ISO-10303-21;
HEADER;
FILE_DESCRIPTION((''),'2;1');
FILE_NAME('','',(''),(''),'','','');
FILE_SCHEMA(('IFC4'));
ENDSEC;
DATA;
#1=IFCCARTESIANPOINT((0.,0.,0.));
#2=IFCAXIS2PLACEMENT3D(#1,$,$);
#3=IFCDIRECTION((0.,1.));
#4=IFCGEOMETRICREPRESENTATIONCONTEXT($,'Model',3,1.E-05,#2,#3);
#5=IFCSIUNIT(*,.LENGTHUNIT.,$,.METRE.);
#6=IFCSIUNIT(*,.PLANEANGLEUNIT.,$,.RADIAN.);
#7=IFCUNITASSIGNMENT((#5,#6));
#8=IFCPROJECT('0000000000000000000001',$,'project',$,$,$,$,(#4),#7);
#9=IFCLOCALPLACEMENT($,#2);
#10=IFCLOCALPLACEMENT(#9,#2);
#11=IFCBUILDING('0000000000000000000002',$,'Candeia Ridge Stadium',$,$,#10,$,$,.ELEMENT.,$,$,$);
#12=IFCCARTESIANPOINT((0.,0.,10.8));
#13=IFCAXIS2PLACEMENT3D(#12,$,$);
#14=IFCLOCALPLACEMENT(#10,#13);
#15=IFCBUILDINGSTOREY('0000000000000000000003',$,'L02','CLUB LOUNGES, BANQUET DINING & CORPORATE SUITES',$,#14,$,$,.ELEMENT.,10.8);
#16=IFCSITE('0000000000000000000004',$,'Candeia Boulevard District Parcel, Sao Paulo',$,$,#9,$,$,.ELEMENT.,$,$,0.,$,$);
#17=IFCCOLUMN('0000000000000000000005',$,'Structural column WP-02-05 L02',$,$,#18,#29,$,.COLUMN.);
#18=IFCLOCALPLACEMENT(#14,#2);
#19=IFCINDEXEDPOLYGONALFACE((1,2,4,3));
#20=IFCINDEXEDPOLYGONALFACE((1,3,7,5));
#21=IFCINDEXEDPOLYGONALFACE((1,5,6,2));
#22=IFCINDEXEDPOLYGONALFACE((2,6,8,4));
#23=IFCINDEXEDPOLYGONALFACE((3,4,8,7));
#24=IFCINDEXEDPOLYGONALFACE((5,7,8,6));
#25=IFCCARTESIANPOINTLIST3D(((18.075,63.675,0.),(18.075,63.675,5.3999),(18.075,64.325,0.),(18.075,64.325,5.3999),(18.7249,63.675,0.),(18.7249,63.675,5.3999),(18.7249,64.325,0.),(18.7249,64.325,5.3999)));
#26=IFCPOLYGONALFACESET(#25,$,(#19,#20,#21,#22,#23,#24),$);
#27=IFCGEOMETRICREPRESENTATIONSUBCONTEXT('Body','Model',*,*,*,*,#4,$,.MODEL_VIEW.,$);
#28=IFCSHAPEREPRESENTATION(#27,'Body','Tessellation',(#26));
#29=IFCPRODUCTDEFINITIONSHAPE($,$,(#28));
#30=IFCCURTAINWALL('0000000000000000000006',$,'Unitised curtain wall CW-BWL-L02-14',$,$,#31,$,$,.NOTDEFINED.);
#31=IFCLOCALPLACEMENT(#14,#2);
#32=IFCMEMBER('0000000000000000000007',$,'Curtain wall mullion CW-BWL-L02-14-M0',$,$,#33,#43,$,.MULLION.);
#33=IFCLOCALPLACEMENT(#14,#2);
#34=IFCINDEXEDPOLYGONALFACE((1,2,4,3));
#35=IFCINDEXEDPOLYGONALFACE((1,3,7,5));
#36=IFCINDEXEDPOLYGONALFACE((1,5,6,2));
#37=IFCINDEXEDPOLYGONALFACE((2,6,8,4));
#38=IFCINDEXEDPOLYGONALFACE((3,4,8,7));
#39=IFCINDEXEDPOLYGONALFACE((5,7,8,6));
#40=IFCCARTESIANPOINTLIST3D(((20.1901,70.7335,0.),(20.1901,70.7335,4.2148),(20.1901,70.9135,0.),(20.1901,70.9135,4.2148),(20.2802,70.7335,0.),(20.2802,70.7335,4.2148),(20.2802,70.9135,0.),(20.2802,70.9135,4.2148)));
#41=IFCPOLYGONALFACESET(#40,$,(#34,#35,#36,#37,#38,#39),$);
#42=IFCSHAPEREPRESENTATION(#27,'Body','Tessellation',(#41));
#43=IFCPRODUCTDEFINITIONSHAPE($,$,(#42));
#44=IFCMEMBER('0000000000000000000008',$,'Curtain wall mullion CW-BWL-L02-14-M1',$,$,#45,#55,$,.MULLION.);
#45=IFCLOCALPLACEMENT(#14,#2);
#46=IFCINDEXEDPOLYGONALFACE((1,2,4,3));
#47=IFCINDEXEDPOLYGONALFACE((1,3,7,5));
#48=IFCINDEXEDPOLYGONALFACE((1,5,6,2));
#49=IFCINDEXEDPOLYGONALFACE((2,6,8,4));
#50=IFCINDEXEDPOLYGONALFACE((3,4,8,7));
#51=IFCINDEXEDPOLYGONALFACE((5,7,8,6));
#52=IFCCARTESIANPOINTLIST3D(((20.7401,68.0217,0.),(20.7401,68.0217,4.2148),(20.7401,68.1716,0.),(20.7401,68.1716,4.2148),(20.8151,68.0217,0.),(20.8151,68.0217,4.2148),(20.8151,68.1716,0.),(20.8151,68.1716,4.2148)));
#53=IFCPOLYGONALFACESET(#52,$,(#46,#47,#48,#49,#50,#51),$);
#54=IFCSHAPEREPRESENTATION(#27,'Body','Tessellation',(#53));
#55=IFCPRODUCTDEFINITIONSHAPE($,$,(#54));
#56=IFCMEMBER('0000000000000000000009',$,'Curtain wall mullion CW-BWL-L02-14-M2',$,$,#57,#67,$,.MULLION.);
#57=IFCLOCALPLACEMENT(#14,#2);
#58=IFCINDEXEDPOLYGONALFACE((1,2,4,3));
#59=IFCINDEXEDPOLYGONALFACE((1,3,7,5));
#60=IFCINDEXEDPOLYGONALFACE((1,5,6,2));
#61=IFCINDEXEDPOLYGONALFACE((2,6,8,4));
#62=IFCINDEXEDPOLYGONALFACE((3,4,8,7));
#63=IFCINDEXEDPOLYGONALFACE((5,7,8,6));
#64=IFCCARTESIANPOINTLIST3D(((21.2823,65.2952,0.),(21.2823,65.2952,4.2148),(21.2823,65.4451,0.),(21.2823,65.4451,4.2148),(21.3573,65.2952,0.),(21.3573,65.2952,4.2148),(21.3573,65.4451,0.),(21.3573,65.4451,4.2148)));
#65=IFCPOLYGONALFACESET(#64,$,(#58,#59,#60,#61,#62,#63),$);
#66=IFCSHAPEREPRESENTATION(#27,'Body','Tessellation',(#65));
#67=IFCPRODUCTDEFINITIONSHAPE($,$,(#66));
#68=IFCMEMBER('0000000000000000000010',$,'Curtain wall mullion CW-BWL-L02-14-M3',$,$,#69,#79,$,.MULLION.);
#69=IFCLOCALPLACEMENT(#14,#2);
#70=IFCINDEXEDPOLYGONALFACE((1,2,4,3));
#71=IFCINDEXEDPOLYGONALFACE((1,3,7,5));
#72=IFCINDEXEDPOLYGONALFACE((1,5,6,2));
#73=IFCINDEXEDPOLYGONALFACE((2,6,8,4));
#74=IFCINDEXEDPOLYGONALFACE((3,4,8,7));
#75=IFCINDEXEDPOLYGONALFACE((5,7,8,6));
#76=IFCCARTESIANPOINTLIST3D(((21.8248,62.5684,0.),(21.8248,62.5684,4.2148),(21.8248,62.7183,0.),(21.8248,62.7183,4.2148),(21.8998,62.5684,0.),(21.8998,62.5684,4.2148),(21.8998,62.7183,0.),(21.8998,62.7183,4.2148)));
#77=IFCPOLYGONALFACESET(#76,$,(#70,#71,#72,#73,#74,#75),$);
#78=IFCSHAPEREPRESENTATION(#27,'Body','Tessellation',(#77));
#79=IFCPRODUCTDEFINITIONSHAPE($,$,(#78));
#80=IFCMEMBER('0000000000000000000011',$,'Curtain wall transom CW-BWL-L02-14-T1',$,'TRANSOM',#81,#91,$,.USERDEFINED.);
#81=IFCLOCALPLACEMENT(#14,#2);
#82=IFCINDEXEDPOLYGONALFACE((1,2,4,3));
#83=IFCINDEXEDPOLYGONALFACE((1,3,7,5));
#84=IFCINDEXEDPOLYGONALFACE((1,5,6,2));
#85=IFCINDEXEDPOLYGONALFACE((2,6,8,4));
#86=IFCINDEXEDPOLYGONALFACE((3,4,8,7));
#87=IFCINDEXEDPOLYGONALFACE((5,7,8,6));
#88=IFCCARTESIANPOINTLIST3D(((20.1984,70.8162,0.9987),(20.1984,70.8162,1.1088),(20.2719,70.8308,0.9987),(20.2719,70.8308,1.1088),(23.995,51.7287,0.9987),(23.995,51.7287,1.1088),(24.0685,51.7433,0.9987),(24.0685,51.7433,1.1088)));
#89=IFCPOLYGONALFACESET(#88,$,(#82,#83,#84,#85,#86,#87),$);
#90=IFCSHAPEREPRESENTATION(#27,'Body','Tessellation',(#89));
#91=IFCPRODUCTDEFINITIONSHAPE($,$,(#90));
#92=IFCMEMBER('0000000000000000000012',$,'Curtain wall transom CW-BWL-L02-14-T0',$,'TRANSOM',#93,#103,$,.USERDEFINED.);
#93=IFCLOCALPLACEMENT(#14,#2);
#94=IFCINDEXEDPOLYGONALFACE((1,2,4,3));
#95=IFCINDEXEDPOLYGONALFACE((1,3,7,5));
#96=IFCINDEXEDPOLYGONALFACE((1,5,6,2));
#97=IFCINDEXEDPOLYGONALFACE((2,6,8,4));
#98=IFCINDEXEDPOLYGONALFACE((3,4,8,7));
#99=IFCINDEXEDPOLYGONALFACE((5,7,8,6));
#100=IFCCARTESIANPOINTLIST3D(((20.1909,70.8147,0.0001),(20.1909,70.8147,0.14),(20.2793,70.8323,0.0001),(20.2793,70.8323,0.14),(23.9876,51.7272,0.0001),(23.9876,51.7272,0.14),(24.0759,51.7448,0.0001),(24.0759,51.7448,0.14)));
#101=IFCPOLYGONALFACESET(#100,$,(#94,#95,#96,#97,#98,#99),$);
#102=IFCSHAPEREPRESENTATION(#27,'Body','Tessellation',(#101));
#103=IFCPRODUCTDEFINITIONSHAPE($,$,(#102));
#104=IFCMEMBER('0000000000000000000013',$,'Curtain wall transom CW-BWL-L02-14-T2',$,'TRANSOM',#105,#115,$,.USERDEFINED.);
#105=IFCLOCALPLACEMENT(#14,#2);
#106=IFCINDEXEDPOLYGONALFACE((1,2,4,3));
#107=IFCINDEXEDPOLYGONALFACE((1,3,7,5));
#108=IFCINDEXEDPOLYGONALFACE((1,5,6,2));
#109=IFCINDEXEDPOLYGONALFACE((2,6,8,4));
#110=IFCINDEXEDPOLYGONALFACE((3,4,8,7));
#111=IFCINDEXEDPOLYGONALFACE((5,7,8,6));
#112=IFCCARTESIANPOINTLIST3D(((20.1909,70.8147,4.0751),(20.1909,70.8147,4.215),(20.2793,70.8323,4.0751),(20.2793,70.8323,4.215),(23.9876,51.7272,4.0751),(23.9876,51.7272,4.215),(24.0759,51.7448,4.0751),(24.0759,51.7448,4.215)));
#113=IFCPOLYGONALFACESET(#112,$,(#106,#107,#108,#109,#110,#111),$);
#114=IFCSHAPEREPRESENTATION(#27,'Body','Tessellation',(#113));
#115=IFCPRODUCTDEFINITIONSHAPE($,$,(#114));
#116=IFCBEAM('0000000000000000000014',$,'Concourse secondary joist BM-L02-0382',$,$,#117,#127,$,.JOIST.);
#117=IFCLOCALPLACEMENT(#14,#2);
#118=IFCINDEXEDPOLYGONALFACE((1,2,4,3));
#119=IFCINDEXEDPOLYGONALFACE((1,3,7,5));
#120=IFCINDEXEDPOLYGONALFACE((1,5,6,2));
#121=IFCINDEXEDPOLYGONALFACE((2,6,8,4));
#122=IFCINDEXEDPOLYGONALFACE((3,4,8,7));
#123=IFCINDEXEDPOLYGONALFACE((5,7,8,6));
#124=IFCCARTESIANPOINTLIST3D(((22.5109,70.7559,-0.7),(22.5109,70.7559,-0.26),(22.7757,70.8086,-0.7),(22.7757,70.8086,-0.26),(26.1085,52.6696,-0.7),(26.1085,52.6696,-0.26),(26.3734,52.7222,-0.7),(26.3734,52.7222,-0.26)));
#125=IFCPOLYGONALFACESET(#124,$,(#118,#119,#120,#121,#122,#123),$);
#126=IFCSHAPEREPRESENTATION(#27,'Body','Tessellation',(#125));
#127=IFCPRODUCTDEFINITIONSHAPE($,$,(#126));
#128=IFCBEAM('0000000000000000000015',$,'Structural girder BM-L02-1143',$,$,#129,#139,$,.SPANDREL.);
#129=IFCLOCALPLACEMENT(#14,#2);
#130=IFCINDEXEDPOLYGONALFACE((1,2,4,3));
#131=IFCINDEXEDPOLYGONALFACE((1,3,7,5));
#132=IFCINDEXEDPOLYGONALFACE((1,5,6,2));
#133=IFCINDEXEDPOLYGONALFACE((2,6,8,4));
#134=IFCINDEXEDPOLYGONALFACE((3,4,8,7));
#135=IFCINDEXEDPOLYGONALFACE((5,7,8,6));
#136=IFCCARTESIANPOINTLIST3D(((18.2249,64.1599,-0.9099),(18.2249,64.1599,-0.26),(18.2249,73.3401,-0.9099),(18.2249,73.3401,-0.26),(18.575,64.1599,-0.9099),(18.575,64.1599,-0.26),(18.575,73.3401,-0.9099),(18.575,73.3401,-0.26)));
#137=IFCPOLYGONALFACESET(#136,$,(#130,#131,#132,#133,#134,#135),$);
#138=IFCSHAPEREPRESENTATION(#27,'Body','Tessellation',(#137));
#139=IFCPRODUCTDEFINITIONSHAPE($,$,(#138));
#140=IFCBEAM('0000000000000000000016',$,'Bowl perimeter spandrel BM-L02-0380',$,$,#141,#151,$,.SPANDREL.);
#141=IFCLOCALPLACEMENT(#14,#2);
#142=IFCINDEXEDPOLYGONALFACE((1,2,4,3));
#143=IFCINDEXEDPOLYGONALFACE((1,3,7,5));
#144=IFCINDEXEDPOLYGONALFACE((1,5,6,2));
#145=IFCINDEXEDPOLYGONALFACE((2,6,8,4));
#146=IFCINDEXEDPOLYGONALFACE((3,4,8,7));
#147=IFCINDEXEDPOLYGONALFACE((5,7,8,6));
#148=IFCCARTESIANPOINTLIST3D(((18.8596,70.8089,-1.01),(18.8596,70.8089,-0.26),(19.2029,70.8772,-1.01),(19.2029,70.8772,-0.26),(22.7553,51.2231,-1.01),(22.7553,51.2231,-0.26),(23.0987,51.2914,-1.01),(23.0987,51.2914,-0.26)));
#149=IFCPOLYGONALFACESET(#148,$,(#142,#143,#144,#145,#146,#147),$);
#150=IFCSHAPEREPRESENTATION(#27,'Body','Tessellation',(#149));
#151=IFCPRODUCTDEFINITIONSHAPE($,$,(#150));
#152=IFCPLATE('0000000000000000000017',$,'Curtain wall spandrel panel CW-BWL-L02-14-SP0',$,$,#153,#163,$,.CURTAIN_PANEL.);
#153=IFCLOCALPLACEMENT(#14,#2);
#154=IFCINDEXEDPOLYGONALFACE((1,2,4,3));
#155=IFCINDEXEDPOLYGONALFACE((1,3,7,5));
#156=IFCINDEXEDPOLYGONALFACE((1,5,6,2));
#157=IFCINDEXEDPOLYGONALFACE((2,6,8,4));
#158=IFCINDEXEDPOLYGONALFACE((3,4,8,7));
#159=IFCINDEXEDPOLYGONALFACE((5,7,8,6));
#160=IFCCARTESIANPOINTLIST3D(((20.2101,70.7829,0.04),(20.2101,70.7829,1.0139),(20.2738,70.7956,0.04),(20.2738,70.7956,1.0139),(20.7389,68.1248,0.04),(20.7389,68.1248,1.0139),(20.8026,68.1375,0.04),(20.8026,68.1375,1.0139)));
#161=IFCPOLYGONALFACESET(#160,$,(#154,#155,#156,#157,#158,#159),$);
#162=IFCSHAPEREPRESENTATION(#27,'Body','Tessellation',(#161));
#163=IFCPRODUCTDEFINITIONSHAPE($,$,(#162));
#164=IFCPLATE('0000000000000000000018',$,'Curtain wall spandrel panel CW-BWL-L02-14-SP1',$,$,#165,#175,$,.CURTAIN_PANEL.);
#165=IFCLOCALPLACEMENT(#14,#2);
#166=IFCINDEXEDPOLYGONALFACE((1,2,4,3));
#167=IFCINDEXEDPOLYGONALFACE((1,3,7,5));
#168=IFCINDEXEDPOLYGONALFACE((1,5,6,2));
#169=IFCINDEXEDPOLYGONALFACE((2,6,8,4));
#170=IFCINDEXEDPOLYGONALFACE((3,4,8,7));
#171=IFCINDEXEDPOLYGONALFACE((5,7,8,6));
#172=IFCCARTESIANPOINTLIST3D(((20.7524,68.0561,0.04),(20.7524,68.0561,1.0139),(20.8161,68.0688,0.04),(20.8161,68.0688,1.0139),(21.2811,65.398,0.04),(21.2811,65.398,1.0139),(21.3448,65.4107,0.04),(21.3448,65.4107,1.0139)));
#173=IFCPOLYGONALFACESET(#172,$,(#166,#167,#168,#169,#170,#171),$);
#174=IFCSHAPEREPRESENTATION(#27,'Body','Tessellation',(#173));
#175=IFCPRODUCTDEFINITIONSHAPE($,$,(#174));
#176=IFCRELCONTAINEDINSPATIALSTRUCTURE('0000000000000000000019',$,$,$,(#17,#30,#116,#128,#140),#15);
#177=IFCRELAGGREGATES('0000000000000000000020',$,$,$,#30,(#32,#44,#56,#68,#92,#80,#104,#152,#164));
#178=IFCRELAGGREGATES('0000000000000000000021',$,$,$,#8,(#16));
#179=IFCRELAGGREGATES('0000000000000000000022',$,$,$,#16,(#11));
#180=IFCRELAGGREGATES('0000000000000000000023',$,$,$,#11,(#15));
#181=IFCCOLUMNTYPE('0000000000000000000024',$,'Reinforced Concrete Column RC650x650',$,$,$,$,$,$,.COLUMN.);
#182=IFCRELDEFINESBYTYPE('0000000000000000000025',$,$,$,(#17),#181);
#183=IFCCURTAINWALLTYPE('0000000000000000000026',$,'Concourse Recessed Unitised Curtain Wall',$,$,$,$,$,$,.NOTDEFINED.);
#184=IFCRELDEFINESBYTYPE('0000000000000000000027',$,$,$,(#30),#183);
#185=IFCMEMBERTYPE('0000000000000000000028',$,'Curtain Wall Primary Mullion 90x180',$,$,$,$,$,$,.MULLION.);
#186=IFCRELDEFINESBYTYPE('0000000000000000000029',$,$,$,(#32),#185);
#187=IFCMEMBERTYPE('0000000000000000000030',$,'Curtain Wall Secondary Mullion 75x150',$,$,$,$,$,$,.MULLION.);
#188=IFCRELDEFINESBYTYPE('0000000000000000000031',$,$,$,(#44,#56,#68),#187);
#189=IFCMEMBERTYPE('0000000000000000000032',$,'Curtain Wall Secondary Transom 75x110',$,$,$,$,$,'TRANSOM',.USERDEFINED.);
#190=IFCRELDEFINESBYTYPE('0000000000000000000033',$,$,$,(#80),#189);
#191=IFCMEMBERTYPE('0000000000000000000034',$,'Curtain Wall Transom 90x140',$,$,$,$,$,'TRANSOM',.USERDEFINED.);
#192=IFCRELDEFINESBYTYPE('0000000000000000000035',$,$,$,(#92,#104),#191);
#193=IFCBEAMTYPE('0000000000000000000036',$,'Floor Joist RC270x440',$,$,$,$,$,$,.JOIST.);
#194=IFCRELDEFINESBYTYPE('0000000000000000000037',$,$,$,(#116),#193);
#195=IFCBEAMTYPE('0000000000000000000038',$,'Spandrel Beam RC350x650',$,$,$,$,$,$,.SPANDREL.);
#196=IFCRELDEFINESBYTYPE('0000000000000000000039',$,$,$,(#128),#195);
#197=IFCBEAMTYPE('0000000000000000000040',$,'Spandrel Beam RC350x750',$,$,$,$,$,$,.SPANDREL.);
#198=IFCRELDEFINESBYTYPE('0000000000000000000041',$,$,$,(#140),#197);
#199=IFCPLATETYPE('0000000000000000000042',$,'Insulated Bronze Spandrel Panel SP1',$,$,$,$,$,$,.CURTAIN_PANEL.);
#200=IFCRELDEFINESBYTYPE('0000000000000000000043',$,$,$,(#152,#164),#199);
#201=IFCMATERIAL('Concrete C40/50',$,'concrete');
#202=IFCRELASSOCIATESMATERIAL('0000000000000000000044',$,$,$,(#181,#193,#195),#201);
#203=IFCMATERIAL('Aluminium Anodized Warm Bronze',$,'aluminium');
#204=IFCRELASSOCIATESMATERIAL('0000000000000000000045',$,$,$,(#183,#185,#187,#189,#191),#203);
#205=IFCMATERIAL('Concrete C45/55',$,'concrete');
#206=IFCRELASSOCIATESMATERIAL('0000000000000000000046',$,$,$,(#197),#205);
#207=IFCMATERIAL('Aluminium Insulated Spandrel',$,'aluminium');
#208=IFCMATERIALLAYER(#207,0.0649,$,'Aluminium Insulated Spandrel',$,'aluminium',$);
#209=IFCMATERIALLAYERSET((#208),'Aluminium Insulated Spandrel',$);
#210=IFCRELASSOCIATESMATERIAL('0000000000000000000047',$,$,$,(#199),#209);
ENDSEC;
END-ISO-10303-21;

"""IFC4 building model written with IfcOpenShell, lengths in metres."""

from ifc_helpers import new_model, si_unit, direction, frame, origin, origin_2d, place, context, subcontext, project, spatial, rectangle, extrude, material, layer, layer_set, material_profile, profile_set, type_object, element, aggregate, save


model = new_model("IFC4")

# Units and contexts
model_context = context("Model", 3, precision=1e-05, world=origin(), true_north=direction((0.0, 1.0)))
body_context = subcontext(model_context, "Body", "Model", "MODEL_VIEW")
ifc_project = project(units=[si_unit("LENGTHUNIT", "METRE"), si_unit("PLANEANGLEUNIT", "RADIAN")], contexts=[model_context])

# Site, building, storey
site_placement = place(None, origin())
site = spatial("IfcSite", under=ifc_project, at=site_placement, Name="Candeia Boulevard District Parcel, Sao Paulo", CompositionType="ELEMENT", RefElevation=0.0)
building_placement = place(site_placement, origin())
building = spatial("IfcBuilding", under=site, at=building_placement, Name="Candeia Ridge Stadium", CompositionType="ELEMENT")
storey_placement = place(building_placement, frame((0.0, 0.0, 10.8)))
storey = spatial("IfcBuildingStorey", under=building, at=storey_placement, Name="L02", Description="CLUB LOUNGES, BANQUET DINING & CORPORATE SUITES", CompositionType="ELEMENT", Elevation=10.8)

# Column
ifc_material_1 = material(Name="Concrete C40/50", Category="concrete")
ifc_material_profile_1 = material_profile(ifc_material_1, rectangle(XDim=0.6499, YDim=0.6499, at=origin_2d()), Name="RC650x650", Category="concrete")
ifc_profile_set_1 = profile_set([ifc_material_profile_1], Name="Concrete C40/50")
column_type = type_object("IfcColumnType", Name="Reinforced Concrete Column RC650x650", PredefinedType="COLUMN", material=ifc_profile_set_1)
column_placement = place(storey_placement, frame((18.3999, 64.0, 0.0), z_axis=(0.0, 0.0, 1.0), x_axis=(1.0, 0.0, 0.0)))
element("IfcColumn", 1, at=column_placement, inside=storey, type_object=column_type, Name="Structural column WP-02-05 L02", PredefinedType="COLUMN", context=body_context, shape_type="SweptSolid", body=[
    extrude(rectangle(XDim=0.6499, YDim=0.6499, at=origin_2d()), origin(), (0.0, 0.0, 1.0), 5.3999),
])

# Curtain wall, members
ifc_material_2 = material(Name="Aluminium Anodized Warm Bronze", Category="aluminium")
curtain_wall_type = type_object("IfcCurtainWallType", Name="Concourse Recessed Unitised Curtain Wall", PredefinedType="NOTDEFINED", material=ifc_material_2)
curtain_wall_placement = place(storey_placement, origin())
curtain_wall = element("IfcCurtainWall", 2, at=curtain_wall_placement, inside=storey, type_object=curtain_wall_type, Name="Unitised curtain wall CW-BWL-L02-14", PredefinedType="NOTDEFINED")
ifc_material_profile_2 = material_profile(ifc_material_2, rectangle(XDim=0.0901, YDim=0.1799, at=origin_2d()), Name="CWM-90x180", Category="aluminium")
ifc_profile_set_2 = profile_set([ifc_material_profile_2], Name="Aluminium Anodized Warm Bronze")
member_type_1 = type_object("IfcMemberType", Name="Curtain Wall Primary Mullion 90x180", PredefinedType="MULLION", material=ifc_profile_set_2)
member_1_placement = place(storey_placement, frame((20.2351, 70.8235, 0.0), z_axis=(0.0, 0.0, 1.0), x_axis=(1.0, 0.0, 0.0)))
member_1 = element("IfcMember", 3, at=member_1_placement, type_object=member_type_1, Name="Curtain wall mullion CW-BWL-L02-14-M0", PredefinedType="MULLION", context=body_context, shape_type="SweptSolid", body=[
    extrude(rectangle(XDim=0.0901, YDim=0.1799, at=origin_2d()), origin(), (0.0, 0.0, 1.0), 4.2148),
])
ifc_material_profile_3 = material_profile(ifc_material_2, rectangle(XDim=0.075, YDim=0.1499, at=origin_2d()), Name="CWM-75x150", Category="aluminium")
ifc_profile_set_3 = profile_set([ifc_material_profile_3], Name="Aluminium Anodized Warm Bronze")
member_type_2 = type_object("IfcMemberType", Name="Curtain Wall Secondary Mullion 75x150", PredefinedType="MULLION", material=ifc_profile_set_3)
member_2_placement = place(storey_placement, frame((20.7776, 68.0967, 0.0), z_axis=(0.0, 0.0, 1.0), x_axis=(1.0, 0.0, 0.0)))
member_2 = element("IfcMember", 4, at=member_2_placement, type_object=member_type_2, Name="Curtain wall mullion CW-BWL-L02-14-M1", PredefinedType="MULLION", context=body_context, shape_type="SweptSolid", body=[
    extrude(rectangle(XDim=0.075, YDim=0.1499, at=origin_2d()), origin(), (0.0, 0.0, 1.0), 4.2148),
])
member_3_placement = place(storey_placement, frame((21.3198, 65.3701, 0.0), z_axis=(0.0, 0.0, 1.0), x_axis=(1.0, 0.0, 0.0)))
member_3 = element("IfcMember", 5, at=member_3_placement, type_object=member_type_2, Name="Curtain wall mullion CW-BWL-L02-14-M2", PredefinedType="MULLION", context=body_context, shape_type="SweptSolid", body=[
    extrude(rectangle(XDim=0.075, YDim=0.1499, at=origin_2d()), origin(), (0.0, 0.0, 1.0), 4.2148),
])
member_4_placement = place(storey_placement, frame((21.8623, 62.6433, 0.0), z_axis=(0.0, 0.0, 1.0), x_axis=(1.0, 0.0, 0.0)))
member_4 = element("IfcMember", 6, at=member_4_placement, type_object=member_type_2, Name="Curtain wall mullion CW-BWL-L02-14-M3", PredefinedType="MULLION", context=body_context, shape_type="SweptSolid", body=[
    extrude(rectangle(XDim=0.075, YDim=0.1499, at=origin_2d()), origin(), (0.0, 0.0, 1.0), 4.2148),
])
ifc_material_profile_4 = material_profile(ifc_material_2, rectangle(XDim=0.075, YDim=0.1101, at=origin_2d()), Name="CWT-75x110", Category="aluminium")
ifc_profile_set_4 = profile_set([ifc_material_profile_4], Name="Aluminium Anodized Warm Bronze")
member_type_3 = type_object("IfcMemberType", Name="Curtain Wall Secondary Transom 75x110", ElementType="TRANSOM", PredefinedType="USERDEFINED", material=ifc_profile_set_4)
member_5_placement = place(storey_placement, frame((20.2351, 70.8235, 1.0537), z_axis=(0.195086, -0.980786, 0.0), x_axis=(0.980786, 0.195086, 0.0)))
member_5 = element("IfcMember", 7, at=member_5_placement, type_object=member_type_3, Name="Curtain wall transom CW-BWL-L02-14-T1", ObjectType="TRANSOM", PredefinedType="USERDEFINED", context=body_context, shape_type="SweptSolid", body=[
    extrude(rectangle(XDim=0.075, YDim=0.1101, at=origin_2d()), origin(), (0.0, 0.0, 1.0), 19.4614),
])
ifc_material_profile_5 = material_profile(ifc_material_2, rectangle(XDim=0.0901, YDim=0.1399, at=origin_2d()), Name="CWT-90x140", Category="aluminium")
ifc_profile_set_5 = profile_set([ifc_material_profile_5], Name="Aluminium Anodized Warm Bronze")
member_type_4 = type_object("IfcMemberType", Name="Curtain Wall Transom 90x140", ElementType="TRANSOM", PredefinedType="USERDEFINED", material=ifc_profile_set_5)
member_6_placement = place(storey_placement, frame((20.2351, 70.8235, 0.0701), z_axis=(0.195086, -0.980786, 0.0), x_axis=(0.980786, 0.195086, 0.0)))
member_6 = element("IfcMember", 8, at=member_6_placement, type_object=member_type_4, Name="Curtain wall transom CW-BWL-L02-14-T0", ObjectType="TRANSOM", PredefinedType="USERDEFINED", context=body_context, shape_type="SweptSolid", body=[
    extrude(rectangle(XDim=0.0901, YDim=0.1399, at=origin_2d()), origin(), (0.0, 0.0, 1.0), 19.4614),
])
member_7_placement = place(storey_placement, frame((20.2351, 70.8235, 4.145), z_axis=(0.195086, -0.980786, 0.0), x_axis=(0.980786, 0.195086, 0.0)))
member_7 = element("IfcMember", 9, at=member_7_placement, type_object=member_type_4, Name="Curtain wall transom CW-BWL-L02-14-T2", ObjectType="TRANSOM", PredefinedType="USERDEFINED", context=body_context, shape_type="SweptSolid", body=[
    extrude(rectangle(XDim=0.0901, YDim=0.1399, at=origin_2d()), origin(), (0.0, 0.0, 1.0), 19.4614),
])

# Beams
ifc_material_profile_6 = material_profile(ifc_material_1, rectangle(XDim=0.27, YDim=0.4399, at=origin_2d()), Name="RC270x440", Category="concrete")
ifc_profile_set_6 = profile_set([ifc_material_profile_6], Name="Concrete C40/50")
beam_type_1 = type_object("IfcBeamType", Name="Floor Joist RC270x440", PredefinedType="JOIST", material=ifc_profile_set_6)
beam_1_placement = place(storey_placement, frame((22.6433, 70.7822, -0.48), z_axis=(0.195093, -0.980785, 0.0), x_axis=(0.980785, 0.195093, 0.0)))
element("IfcBeam", 10, at=beam_1_placement, inside=storey, type_object=beam_type_1, Name="Concourse secondary joist BM-L02-0382", PredefinedType="JOIST", context=body_context, shape_type="SweptSolid", body=[
    extrude(rectangle(XDim=0.27, YDim=0.4399, at=origin_2d()), origin(), (0.0, 0.0, 1.0), 18.4407),
])
ifc_material_profile_7 = material_profile(ifc_material_1, rectangle(XDim=0.3501, YDim=0.6499, at=origin_2d()), Name="RC350x650", Category="concrete")
ifc_profile_set_7 = profile_set([ifc_material_profile_7], Name="Concrete C40/50")
beam_type_2 = type_object("IfcBeamType", Name="Spandrel Beam RC350x650", PredefinedType="SPANDREL", material=ifc_profile_set_7)
beam_2_placement = place(storey_placement, frame((18.3999, 64.1599, -0.585), z_axis=(0.0, 1.0, 0.0), x_axis=(-1.0, 0.0, 0.0)))
element("IfcBeam", 11, at=beam_2_placement, inside=storey, type_object=beam_type_2, Name="Structural girder BM-L02-1143", PredefinedType="SPANDREL", context=body_context, shape_type="SweptSolid", body=[
    extrude(rectangle(XDim=0.3501, YDim=0.6499, at=origin_2d()), origin(), (0.0, 0.0, 1.0), 9.1802),
])
ifc_material_3 = material(Name="Concrete C45/55", Category="concrete")
ifc_material_profile_8 = material_profile(ifc_material_3, rectangle(XDim=0.3501, YDim=0.75, at=origin_2d()), Name="RC350x750", Category="concrete")
ifc_profile_set_8 = profile_set([ifc_material_profile_8], Name="Concrete C45/55")
beam_type_3 = type_object("IfcBeamType", Name="Spandrel Beam RC350x750", PredefinedType="SPANDREL", material=ifc_profile_set_8)
beam_3_placement = place(storey_placement, frame((19.0312, 70.843, -0.635), z_axis=(0.195086, -0.980786, 0.0), x_axis=(0.980786, 0.195086, 0.0)))
element("IfcBeam", 12, at=beam_3_placement, inside=storey, type_object=beam_type_3, Name="Bowl perimeter spandrel BM-L02-0380", PredefinedType="SPANDREL", context=body_context, shape_type="SweptSolid", body=[
    extrude(rectangle(XDim=0.3501, YDim=0.75, at=origin_2d()), origin(), (0.0, 0.0, 1.0), 19.9695),
])

# Plates
ifc_material_4 = material(Name="Aluminium Insulated Spandrel", Category="aluminium")
ifc_layer_1 = layer(ifc_material_4, 0.0649, Name="Aluminium Insulated Spandrel", Category="aluminium")
ifc_layer_set_1 = layer_set([ifc_layer_1], Name="Aluminium Insulated Spandrel")
plate_type_1 = type_object("IfcPlateType", Name="Insulated Bronze Spandrel Panel SP1", PredefinedType="CURTAIN_PANEL", material=ifc_layer_set_1)
plate_1_placement = place(storey_placement, frame((20.5063, 69.4602, 0.04), z_axis=(0.0, 0.0, 1.0), x_axis=(0.19509, -0.980785, 0.0)))
plate_1 = element("IfcPlate", 13, at=plate_1_placement, type_object=plate_type_1, Name="Curtain wall spandrel panel CW-BWL-L02-14-SP0", PredefinedType="CURTAIN_PANEL", context=body_context, shape_type="SweptSolid", body=[
    extrude(rectangle(XDim=2.7102, YDim=0.0649, at=origin_2d()), origin(), (0.0, 0.0, 1.0), 0.9739),
])
plate_2_placement = place(storey_placement, frame((21.0486, 66.7334, 0.04), z_axis=(0.0, 0.0, 1.0), x_axis=(0.19509, -0.980785, 0.0)))
plate_2 = element("IfcPlate", 14, at=plate_2_placement, type_object=plate_type_1, Name="Curtain wall spandrel panel CW-BWL-L02-14-SP1", PredefinedType="CURTAIN_PANEL", context=body_context, shape_type="SweptSolid", body=[
    extrude(rectangle(XDim=2.7102, YDim=0.0649, at=origin_2d()), origin(), (0.0, 0.0, 1.0), 0.9739),
])
aggregate(curtain_wall, [member_1, member_2, member_3, member_4, member_6, member_5, member_7, plate_1, plate_2])

save(model, "model.ifc")
